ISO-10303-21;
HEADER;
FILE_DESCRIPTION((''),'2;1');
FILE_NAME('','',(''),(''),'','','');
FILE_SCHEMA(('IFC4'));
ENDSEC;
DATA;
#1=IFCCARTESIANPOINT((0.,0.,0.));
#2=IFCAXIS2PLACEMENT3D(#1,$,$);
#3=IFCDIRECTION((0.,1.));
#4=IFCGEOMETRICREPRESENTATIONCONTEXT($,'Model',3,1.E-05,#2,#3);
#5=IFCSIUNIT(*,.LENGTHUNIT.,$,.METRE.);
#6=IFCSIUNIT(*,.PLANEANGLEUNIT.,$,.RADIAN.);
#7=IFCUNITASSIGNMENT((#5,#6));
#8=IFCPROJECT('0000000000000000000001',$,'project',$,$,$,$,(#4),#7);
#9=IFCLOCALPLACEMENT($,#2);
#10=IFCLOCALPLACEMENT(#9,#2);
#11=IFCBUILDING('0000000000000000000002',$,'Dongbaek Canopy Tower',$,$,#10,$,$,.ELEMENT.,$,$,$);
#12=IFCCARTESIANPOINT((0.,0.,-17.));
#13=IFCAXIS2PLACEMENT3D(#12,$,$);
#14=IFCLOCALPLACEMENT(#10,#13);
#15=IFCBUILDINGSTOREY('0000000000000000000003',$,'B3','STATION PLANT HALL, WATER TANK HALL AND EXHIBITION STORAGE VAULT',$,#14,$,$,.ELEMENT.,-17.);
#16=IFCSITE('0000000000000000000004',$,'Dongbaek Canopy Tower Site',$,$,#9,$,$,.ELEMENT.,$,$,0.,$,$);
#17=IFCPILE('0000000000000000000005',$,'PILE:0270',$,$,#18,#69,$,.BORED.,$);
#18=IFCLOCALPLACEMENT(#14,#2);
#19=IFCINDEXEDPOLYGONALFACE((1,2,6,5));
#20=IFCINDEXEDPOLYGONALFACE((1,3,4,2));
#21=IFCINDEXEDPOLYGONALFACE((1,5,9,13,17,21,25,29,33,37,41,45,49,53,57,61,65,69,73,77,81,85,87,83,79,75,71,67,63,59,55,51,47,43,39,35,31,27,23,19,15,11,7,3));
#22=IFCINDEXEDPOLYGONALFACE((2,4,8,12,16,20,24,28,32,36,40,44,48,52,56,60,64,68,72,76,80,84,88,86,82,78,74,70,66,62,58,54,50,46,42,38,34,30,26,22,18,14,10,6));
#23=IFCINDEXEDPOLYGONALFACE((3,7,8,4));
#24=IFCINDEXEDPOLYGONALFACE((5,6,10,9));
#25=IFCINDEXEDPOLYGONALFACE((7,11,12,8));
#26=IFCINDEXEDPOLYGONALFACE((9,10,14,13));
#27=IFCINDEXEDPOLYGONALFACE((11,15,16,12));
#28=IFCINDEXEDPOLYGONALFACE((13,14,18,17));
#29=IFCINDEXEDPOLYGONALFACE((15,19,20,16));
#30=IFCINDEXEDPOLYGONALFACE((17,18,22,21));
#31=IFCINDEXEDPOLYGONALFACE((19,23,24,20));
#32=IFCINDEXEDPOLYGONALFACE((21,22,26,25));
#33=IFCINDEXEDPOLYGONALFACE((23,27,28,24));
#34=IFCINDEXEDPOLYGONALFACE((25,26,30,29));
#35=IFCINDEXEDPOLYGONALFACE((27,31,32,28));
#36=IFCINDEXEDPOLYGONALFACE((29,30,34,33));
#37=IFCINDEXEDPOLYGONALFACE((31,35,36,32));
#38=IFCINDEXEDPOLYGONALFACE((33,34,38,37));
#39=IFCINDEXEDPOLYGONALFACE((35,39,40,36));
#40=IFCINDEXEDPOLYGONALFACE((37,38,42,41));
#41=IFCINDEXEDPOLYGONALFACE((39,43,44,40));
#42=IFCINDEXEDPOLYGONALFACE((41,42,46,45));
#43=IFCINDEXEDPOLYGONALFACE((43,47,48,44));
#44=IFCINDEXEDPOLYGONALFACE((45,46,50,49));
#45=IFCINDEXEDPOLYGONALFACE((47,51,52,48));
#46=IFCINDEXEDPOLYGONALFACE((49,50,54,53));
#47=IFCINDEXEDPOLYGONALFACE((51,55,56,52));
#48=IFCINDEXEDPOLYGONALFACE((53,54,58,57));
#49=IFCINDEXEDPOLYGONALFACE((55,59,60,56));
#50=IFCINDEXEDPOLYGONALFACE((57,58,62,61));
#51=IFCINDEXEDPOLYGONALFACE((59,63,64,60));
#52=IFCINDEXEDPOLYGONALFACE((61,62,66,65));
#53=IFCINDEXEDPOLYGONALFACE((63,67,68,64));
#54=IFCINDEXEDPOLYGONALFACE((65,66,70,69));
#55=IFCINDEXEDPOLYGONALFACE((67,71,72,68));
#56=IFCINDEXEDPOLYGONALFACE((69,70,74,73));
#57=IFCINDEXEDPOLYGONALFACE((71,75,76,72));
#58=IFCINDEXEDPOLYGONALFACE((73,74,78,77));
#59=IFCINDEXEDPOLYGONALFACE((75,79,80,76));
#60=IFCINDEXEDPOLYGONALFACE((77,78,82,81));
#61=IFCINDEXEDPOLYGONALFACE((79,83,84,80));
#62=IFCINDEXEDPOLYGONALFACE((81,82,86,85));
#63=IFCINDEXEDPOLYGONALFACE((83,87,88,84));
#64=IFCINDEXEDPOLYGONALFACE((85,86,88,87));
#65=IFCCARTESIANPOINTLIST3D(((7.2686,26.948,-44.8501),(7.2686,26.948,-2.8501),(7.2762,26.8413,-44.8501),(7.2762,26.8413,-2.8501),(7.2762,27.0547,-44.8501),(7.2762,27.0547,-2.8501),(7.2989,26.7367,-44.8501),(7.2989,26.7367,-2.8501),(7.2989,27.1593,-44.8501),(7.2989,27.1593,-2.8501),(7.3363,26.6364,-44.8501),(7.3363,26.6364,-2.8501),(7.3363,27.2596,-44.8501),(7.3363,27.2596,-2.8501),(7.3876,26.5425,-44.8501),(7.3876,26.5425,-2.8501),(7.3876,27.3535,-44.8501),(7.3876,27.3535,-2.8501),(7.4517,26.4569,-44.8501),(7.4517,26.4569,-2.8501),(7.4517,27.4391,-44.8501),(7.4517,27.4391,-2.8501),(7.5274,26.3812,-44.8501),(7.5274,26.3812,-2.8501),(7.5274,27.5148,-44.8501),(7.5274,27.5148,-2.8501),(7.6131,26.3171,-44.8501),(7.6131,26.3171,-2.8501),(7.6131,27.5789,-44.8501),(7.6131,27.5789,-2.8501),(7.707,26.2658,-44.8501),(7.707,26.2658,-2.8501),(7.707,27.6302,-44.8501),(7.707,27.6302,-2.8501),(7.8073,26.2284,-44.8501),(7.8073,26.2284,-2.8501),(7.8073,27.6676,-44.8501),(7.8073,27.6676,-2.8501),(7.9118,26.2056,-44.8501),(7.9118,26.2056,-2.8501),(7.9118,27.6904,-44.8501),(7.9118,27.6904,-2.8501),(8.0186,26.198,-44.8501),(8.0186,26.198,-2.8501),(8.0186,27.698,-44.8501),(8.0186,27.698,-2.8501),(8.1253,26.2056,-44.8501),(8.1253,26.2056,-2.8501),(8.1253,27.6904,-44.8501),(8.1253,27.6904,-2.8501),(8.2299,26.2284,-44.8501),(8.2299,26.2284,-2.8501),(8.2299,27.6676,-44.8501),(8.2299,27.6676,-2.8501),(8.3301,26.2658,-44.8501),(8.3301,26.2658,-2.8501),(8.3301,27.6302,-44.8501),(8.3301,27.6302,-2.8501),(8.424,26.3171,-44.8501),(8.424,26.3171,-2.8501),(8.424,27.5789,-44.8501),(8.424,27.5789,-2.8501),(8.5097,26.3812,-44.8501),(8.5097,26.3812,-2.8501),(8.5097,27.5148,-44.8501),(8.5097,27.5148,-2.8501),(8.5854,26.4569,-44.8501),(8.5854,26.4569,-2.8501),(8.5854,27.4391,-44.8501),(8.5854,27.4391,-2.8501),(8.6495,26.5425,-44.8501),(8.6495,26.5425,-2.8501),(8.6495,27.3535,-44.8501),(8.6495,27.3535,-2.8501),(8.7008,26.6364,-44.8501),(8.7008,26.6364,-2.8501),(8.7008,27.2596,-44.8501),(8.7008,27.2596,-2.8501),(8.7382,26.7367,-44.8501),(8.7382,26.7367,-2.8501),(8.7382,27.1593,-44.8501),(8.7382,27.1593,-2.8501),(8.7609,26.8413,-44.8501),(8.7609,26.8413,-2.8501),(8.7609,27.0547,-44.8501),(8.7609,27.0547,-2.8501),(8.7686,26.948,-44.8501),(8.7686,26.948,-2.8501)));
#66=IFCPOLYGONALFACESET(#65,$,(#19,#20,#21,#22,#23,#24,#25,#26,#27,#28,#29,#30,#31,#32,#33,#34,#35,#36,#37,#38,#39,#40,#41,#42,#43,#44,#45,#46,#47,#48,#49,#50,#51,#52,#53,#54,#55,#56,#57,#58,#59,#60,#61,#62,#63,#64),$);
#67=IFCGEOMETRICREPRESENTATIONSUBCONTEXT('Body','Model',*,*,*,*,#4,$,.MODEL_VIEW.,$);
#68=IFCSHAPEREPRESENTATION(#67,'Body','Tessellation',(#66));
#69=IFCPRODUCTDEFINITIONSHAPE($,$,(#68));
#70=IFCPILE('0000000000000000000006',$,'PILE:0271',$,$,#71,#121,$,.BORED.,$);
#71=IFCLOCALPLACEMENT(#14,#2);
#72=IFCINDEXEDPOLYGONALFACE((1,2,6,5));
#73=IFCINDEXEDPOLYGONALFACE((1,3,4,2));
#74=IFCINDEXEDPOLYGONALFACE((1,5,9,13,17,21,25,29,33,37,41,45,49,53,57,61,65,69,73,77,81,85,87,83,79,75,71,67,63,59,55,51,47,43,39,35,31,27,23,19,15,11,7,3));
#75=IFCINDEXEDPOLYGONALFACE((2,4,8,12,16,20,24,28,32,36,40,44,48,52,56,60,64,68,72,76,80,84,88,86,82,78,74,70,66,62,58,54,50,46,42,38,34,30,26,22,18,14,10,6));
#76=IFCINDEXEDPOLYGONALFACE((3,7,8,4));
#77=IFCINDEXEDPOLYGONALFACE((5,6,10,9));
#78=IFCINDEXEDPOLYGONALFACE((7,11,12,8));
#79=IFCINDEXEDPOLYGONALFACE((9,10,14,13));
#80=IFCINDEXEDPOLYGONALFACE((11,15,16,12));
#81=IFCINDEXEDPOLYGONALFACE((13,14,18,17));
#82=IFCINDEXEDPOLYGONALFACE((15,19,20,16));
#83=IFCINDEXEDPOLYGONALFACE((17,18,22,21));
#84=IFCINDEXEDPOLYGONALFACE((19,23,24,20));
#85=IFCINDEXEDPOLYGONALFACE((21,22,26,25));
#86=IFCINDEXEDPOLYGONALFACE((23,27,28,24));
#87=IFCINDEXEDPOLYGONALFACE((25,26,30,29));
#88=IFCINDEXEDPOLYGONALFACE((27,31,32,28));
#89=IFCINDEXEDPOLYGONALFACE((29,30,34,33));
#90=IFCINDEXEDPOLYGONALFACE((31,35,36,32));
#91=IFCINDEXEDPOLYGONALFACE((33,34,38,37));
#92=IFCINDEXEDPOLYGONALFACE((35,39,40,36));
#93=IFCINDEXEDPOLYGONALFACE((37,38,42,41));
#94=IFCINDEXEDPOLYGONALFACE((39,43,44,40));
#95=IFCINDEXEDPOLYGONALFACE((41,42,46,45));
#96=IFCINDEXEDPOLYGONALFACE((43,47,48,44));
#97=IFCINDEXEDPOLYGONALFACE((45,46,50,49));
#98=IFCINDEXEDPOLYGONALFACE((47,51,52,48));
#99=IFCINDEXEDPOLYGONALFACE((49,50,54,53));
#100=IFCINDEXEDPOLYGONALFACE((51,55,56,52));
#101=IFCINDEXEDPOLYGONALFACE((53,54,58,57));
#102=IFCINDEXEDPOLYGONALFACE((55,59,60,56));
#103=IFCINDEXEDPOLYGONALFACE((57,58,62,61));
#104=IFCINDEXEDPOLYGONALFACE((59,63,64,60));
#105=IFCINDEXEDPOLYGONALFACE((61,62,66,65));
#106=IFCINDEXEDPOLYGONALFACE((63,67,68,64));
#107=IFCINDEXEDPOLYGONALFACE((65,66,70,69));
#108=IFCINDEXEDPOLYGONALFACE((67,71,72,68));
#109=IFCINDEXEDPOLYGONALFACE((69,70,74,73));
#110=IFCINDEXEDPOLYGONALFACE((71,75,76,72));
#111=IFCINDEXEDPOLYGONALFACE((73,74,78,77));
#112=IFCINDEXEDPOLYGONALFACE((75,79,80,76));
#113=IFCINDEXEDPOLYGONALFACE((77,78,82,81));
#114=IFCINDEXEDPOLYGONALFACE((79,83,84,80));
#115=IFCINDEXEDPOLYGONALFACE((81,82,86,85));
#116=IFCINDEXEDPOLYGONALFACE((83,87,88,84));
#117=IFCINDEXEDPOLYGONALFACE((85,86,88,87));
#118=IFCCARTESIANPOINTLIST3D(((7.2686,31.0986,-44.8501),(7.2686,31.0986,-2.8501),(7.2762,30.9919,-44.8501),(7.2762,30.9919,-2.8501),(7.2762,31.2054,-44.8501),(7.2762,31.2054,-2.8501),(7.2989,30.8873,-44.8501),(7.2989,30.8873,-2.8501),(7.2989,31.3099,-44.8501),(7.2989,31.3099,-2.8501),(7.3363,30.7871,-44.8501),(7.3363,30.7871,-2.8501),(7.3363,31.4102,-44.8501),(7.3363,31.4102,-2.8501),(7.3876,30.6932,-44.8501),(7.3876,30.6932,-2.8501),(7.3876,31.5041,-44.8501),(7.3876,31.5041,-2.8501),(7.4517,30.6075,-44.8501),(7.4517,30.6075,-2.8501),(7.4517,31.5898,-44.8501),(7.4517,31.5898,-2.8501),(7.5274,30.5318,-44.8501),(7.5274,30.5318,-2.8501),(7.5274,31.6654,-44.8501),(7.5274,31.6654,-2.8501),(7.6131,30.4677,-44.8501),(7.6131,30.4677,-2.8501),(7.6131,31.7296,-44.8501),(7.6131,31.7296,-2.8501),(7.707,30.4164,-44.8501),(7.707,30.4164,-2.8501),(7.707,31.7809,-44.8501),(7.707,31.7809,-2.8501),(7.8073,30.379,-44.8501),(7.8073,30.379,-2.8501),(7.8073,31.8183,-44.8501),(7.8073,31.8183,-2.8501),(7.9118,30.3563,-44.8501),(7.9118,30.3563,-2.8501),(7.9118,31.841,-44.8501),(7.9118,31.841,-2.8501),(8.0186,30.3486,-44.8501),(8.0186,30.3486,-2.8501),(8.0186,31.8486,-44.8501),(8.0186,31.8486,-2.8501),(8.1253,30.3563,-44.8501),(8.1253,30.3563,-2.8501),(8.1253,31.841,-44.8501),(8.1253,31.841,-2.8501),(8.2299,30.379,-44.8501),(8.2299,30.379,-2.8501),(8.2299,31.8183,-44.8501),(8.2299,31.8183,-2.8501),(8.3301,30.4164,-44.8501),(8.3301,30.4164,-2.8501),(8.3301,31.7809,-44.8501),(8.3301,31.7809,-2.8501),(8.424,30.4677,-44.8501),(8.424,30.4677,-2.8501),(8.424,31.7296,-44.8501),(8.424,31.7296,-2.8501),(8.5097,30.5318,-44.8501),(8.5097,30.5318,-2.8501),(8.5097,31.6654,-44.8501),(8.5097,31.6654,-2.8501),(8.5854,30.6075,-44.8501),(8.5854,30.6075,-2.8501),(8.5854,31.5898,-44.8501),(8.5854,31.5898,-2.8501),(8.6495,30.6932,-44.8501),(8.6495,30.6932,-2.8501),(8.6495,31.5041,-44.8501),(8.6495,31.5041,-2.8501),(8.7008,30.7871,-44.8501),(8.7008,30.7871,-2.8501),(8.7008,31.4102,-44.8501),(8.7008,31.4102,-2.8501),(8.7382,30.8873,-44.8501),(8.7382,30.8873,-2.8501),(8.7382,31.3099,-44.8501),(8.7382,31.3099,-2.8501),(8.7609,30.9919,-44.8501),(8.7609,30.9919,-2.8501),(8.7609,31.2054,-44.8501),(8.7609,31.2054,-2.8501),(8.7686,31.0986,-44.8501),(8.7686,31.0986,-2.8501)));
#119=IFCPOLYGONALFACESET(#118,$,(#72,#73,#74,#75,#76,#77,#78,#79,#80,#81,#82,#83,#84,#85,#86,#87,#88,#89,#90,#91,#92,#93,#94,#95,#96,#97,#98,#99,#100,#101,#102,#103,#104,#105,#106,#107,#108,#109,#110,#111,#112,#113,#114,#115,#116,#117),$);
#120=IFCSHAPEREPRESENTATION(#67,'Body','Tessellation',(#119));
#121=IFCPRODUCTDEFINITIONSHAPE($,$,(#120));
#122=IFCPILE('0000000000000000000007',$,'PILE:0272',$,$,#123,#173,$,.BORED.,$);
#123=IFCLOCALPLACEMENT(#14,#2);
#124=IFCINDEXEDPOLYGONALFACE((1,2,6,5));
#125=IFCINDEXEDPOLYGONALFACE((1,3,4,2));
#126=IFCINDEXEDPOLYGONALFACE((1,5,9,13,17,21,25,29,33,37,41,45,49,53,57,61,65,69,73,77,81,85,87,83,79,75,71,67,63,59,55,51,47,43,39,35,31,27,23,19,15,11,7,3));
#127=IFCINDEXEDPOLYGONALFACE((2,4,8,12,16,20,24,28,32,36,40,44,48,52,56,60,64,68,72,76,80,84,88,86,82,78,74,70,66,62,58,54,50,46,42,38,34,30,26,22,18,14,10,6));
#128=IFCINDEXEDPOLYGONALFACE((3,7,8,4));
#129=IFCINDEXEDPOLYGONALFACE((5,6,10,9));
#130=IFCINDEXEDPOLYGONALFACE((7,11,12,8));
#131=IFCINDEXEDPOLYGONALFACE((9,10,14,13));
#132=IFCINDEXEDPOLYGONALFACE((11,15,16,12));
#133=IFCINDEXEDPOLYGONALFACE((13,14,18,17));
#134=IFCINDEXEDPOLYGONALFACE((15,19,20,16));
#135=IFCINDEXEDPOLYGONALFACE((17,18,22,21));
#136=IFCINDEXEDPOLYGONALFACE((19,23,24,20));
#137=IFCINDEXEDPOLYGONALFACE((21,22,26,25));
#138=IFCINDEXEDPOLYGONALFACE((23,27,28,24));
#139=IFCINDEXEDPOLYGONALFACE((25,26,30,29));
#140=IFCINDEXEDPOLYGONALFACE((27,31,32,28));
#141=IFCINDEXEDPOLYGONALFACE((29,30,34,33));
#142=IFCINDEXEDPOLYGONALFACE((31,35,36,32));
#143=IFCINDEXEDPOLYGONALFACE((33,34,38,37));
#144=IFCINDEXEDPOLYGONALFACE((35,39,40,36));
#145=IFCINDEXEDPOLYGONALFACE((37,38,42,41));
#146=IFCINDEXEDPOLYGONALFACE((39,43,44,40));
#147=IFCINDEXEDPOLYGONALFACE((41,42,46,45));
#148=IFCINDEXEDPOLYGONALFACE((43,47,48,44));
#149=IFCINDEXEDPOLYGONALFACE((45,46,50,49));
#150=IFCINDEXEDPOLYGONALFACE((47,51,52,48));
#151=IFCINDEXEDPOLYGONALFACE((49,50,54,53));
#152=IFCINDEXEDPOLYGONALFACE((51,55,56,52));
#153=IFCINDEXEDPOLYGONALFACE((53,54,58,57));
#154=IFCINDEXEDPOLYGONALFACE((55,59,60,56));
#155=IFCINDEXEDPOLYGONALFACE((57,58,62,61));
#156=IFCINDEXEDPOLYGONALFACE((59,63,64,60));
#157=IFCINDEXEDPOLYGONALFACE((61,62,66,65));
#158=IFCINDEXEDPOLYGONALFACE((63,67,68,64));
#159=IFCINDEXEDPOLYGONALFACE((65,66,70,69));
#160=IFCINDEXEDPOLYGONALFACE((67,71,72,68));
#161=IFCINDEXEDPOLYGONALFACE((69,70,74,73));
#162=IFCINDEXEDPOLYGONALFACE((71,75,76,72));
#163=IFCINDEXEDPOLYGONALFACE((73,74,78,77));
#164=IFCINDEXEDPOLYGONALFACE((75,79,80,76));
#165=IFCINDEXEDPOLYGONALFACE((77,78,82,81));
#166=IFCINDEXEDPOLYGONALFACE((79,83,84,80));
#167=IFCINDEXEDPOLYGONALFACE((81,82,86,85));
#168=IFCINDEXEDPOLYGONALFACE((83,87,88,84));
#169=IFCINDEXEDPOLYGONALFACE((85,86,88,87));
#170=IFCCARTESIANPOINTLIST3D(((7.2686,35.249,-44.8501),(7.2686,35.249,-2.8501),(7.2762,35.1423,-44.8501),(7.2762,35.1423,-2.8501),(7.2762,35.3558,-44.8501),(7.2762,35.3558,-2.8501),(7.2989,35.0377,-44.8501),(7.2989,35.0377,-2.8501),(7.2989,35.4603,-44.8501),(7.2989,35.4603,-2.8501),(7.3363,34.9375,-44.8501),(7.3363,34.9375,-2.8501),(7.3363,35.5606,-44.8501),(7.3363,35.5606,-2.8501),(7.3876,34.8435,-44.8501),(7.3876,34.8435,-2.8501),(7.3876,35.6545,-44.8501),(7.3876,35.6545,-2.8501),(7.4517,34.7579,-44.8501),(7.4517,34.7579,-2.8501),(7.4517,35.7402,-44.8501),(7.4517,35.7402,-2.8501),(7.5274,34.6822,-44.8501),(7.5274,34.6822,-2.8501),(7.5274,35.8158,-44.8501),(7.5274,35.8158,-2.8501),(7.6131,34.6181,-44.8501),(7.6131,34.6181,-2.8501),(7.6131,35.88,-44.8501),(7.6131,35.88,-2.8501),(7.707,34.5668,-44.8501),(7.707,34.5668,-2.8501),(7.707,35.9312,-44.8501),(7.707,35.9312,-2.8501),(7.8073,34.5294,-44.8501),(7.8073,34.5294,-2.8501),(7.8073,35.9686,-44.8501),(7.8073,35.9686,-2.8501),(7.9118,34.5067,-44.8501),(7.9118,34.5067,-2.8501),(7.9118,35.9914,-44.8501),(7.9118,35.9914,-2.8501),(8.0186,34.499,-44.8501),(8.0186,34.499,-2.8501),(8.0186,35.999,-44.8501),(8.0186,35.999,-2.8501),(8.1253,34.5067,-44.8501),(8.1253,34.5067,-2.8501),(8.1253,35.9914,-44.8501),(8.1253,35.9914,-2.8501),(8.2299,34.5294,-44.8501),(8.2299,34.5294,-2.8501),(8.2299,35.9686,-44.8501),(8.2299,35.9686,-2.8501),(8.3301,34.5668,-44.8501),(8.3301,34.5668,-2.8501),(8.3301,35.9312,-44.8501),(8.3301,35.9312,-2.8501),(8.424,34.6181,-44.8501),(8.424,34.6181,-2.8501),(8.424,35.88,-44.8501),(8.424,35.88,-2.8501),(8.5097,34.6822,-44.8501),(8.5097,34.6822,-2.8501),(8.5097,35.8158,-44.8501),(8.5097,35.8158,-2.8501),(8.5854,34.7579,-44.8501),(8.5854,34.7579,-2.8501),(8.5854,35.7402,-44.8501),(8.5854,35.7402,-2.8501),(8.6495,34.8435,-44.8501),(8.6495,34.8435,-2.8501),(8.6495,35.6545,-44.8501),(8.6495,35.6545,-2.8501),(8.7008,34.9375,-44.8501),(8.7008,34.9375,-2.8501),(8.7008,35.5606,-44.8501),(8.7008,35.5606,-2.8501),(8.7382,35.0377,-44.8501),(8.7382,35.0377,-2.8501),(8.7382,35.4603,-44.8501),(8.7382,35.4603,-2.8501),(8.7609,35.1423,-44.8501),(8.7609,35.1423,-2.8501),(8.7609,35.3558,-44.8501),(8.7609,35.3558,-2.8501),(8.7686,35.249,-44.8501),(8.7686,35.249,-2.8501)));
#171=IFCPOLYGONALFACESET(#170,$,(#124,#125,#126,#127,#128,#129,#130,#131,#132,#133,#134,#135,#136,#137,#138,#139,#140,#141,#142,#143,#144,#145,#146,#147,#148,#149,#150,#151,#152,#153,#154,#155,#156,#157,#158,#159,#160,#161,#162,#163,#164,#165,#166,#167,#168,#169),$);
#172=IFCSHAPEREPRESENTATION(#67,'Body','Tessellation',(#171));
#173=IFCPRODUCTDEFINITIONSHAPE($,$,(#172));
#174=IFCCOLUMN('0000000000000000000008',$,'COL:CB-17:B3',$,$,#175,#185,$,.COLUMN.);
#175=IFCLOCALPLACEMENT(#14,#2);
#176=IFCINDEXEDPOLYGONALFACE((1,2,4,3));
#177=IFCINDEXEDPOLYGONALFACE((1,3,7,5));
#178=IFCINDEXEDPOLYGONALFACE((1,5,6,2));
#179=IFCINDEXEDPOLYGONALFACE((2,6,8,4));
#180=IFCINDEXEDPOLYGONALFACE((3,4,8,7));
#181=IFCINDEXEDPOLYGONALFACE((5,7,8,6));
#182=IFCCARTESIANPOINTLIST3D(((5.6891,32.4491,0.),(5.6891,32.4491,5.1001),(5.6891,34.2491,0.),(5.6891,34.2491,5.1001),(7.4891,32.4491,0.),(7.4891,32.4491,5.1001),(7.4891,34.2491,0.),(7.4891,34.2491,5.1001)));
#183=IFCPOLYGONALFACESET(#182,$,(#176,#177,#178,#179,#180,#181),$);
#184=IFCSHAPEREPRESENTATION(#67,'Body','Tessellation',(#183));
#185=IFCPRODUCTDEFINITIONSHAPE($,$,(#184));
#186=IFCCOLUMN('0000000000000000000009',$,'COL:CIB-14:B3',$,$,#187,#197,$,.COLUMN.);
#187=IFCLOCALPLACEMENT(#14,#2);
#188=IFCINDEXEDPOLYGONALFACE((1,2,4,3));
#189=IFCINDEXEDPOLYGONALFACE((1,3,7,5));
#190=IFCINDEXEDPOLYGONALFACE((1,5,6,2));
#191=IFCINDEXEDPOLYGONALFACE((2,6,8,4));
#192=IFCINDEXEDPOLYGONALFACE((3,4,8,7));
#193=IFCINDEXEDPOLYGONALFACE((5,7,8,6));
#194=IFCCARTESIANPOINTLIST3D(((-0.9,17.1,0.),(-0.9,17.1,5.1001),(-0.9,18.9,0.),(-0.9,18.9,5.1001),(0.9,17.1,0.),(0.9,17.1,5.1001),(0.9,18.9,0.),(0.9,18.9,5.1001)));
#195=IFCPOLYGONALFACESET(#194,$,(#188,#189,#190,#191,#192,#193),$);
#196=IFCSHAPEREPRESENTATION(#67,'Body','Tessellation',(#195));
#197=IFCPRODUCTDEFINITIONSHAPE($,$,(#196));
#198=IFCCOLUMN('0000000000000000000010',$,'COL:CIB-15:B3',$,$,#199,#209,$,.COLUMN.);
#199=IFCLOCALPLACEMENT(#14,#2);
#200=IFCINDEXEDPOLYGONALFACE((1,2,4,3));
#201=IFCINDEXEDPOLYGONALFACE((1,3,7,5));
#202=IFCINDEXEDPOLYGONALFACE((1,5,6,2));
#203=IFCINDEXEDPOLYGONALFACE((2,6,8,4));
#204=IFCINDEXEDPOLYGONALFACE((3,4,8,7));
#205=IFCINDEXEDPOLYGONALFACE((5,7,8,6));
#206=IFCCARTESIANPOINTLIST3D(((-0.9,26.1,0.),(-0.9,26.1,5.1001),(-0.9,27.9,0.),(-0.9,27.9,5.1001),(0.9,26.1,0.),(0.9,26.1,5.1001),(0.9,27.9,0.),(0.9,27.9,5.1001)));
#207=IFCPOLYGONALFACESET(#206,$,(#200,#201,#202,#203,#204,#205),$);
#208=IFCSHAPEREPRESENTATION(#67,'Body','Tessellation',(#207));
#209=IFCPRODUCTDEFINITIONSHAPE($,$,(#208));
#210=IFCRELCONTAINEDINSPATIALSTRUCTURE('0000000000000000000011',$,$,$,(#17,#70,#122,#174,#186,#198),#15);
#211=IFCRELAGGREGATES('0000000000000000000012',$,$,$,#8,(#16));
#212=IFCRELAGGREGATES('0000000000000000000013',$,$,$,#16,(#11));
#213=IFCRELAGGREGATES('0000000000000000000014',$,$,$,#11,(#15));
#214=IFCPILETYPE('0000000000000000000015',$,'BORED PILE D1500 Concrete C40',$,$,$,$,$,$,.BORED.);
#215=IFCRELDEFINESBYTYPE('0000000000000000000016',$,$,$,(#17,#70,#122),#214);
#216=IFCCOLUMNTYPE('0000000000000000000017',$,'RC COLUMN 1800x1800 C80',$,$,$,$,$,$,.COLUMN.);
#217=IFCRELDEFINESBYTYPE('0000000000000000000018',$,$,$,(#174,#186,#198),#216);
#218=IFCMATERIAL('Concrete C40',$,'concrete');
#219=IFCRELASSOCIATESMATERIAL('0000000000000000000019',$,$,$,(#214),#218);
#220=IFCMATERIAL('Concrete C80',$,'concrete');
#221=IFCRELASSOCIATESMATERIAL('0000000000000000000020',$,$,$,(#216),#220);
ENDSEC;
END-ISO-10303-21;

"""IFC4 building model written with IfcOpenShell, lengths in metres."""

from ifc_helpers import new_model, si_unit, direction, frame, origin, origin_2d, place, context, subcontext, project, spatial, rectangle, circle, extrude, material, material_profile, profile_set, type_object, element, save


model = new_model("IFC4")

# Units and contexts
model_context = context("Model", 3, precision=1e-05, world=origin(), true_north=direction((0.0, 1.0)))
body_context = subcontext(model_context, "Body", "Model", "MODEL_VIEW")
ifc_project = project(units=[si_unit("LENGTHUNIT", "METRE"), si_unit("PLANEANGLEUNIT", "RADIAN")], contexts=[model_context])

# Site, building, storey
site_placement = place(None, origin())
site = spatial("IfcSite", under=ifc_project, at=site_placement, Name="Dongbaek Canopy Tower Site", CompositionType="ELEMENT", RefElevation=0.0)
building_placement = place(site_placement, origin())
building = spatial("IfcBuilding", under=site, at=building_placement, Name="Dongbaek Canopy Tower", CompositionType="ELEMENT")
storey_placement = place(building_placement, frame((0.0, 0.0, -17.0)))
storey = spatial("IfcBuildingStorey", under=building, at=storey_placement, Name="B3", Description="STATION PLANT HALL, WATER TANK HALL AND EXHIBITION STORAGE VAULT", CompositionType="ELEMENT", Elevation=-17.0)

# Piles
ifc_material_1 = material(Name="Concrete C40", Category="concrete")
ifc_material_profile_1 = material_profile(ifc_material_1, circle(Radius=0.75, at=origin_2d()), Name="BORED PILE D1500 Concrete C40")
ifc_profile_set_1 = profile_set([ifc_material_profile_1], Name="Concrete C40")
pile_type = type_object("IfcPileType", Name="BORED PILE D1500 Concrete C40", PredefinedType="BORED", material=ifc_profile_set_1)
for number, where, z_axis, x_axis, name in (
    (1, (8.0186, 26.948, -2.8501), (0.0, 0.0, -1.0), (1.0, 0.0, 0.0), "PILE:0270"),
    (2, (8.0186, 31.0986, -2.8501), (0.0, 0.0, -1.0), (1.0, 0.0, 0.0), "PILE:0271"),
    (3, (8.0186, 35.249, -2.8501), (0.0, 0.0, -1.0), (1.0, 0.0, 0.0), "PILE:0272"),
):
    element("IfcPile", number, at=place(storey_placement, frame(where, z_axis=z_axis, x_axis=x_axis)), inside=storey, type_object=pile_type, Name=name, PredefinedType="BORED", context=body_context, shape_type="SweptSolid", body=[
        extrude(circle(Radius=0.75, at=origin_2d()), origin(), (0.0, 0.0, 1.0), 42.0),
    ])

# Columns
ifc_material_2 = material(Name="Concrete C80", Category="concrete")
ifc_material_profile_2 = material_profile(ifc_material_2, rectangle(XDim=1.8, YDim=1.8, at=origin_2d()), Name="RC COLUMN 1800x1800 C80")
ifc_profile_set_2 = profile_set([ifc_material_profile_2], Name="Concrete C80")
column_type = type_object("IfcColumnType", Name="RC COLUMN 1800x1800 C80", PredefinedType="COLUMN", material=ifc_profile_set_2)
for number, where, z_axis, x_axis, name in (
    (4, (6.5891, 33.3491, 0.0), (0.0, 0.0, 1.0), (1.0, 0.0, 0.0), "COL:CB-17:B3"),
    (5, (0.0, 18.0, 0.0), (0.0, 0.0, 1.0), (1.0, 0.0, 0.0), "COL:CIB-14:B3"),
    (6, (0.0, 27.0, 0.0), (0.0, 0.0, 1.0), (1.0, 0.0, 0.0), "COL:CIB-15:B3"),
):
    element("IfcColumn", number, at=place(storey_placement, frame(where, z_axis=z_axis, x_axis=x_axis)), inside=storey, type_object=column_type, Name=name, PredefinedType="COLUMN", context=body_context, shape_type="SweptSolid", body=[
        extrude(rectangle(XDim=1.8, YDim=1.8, at=origin_2d()), origin(), (0.0, 0.0, 1.0), 5.1001),
    ])

save(model, "model.ifc")
